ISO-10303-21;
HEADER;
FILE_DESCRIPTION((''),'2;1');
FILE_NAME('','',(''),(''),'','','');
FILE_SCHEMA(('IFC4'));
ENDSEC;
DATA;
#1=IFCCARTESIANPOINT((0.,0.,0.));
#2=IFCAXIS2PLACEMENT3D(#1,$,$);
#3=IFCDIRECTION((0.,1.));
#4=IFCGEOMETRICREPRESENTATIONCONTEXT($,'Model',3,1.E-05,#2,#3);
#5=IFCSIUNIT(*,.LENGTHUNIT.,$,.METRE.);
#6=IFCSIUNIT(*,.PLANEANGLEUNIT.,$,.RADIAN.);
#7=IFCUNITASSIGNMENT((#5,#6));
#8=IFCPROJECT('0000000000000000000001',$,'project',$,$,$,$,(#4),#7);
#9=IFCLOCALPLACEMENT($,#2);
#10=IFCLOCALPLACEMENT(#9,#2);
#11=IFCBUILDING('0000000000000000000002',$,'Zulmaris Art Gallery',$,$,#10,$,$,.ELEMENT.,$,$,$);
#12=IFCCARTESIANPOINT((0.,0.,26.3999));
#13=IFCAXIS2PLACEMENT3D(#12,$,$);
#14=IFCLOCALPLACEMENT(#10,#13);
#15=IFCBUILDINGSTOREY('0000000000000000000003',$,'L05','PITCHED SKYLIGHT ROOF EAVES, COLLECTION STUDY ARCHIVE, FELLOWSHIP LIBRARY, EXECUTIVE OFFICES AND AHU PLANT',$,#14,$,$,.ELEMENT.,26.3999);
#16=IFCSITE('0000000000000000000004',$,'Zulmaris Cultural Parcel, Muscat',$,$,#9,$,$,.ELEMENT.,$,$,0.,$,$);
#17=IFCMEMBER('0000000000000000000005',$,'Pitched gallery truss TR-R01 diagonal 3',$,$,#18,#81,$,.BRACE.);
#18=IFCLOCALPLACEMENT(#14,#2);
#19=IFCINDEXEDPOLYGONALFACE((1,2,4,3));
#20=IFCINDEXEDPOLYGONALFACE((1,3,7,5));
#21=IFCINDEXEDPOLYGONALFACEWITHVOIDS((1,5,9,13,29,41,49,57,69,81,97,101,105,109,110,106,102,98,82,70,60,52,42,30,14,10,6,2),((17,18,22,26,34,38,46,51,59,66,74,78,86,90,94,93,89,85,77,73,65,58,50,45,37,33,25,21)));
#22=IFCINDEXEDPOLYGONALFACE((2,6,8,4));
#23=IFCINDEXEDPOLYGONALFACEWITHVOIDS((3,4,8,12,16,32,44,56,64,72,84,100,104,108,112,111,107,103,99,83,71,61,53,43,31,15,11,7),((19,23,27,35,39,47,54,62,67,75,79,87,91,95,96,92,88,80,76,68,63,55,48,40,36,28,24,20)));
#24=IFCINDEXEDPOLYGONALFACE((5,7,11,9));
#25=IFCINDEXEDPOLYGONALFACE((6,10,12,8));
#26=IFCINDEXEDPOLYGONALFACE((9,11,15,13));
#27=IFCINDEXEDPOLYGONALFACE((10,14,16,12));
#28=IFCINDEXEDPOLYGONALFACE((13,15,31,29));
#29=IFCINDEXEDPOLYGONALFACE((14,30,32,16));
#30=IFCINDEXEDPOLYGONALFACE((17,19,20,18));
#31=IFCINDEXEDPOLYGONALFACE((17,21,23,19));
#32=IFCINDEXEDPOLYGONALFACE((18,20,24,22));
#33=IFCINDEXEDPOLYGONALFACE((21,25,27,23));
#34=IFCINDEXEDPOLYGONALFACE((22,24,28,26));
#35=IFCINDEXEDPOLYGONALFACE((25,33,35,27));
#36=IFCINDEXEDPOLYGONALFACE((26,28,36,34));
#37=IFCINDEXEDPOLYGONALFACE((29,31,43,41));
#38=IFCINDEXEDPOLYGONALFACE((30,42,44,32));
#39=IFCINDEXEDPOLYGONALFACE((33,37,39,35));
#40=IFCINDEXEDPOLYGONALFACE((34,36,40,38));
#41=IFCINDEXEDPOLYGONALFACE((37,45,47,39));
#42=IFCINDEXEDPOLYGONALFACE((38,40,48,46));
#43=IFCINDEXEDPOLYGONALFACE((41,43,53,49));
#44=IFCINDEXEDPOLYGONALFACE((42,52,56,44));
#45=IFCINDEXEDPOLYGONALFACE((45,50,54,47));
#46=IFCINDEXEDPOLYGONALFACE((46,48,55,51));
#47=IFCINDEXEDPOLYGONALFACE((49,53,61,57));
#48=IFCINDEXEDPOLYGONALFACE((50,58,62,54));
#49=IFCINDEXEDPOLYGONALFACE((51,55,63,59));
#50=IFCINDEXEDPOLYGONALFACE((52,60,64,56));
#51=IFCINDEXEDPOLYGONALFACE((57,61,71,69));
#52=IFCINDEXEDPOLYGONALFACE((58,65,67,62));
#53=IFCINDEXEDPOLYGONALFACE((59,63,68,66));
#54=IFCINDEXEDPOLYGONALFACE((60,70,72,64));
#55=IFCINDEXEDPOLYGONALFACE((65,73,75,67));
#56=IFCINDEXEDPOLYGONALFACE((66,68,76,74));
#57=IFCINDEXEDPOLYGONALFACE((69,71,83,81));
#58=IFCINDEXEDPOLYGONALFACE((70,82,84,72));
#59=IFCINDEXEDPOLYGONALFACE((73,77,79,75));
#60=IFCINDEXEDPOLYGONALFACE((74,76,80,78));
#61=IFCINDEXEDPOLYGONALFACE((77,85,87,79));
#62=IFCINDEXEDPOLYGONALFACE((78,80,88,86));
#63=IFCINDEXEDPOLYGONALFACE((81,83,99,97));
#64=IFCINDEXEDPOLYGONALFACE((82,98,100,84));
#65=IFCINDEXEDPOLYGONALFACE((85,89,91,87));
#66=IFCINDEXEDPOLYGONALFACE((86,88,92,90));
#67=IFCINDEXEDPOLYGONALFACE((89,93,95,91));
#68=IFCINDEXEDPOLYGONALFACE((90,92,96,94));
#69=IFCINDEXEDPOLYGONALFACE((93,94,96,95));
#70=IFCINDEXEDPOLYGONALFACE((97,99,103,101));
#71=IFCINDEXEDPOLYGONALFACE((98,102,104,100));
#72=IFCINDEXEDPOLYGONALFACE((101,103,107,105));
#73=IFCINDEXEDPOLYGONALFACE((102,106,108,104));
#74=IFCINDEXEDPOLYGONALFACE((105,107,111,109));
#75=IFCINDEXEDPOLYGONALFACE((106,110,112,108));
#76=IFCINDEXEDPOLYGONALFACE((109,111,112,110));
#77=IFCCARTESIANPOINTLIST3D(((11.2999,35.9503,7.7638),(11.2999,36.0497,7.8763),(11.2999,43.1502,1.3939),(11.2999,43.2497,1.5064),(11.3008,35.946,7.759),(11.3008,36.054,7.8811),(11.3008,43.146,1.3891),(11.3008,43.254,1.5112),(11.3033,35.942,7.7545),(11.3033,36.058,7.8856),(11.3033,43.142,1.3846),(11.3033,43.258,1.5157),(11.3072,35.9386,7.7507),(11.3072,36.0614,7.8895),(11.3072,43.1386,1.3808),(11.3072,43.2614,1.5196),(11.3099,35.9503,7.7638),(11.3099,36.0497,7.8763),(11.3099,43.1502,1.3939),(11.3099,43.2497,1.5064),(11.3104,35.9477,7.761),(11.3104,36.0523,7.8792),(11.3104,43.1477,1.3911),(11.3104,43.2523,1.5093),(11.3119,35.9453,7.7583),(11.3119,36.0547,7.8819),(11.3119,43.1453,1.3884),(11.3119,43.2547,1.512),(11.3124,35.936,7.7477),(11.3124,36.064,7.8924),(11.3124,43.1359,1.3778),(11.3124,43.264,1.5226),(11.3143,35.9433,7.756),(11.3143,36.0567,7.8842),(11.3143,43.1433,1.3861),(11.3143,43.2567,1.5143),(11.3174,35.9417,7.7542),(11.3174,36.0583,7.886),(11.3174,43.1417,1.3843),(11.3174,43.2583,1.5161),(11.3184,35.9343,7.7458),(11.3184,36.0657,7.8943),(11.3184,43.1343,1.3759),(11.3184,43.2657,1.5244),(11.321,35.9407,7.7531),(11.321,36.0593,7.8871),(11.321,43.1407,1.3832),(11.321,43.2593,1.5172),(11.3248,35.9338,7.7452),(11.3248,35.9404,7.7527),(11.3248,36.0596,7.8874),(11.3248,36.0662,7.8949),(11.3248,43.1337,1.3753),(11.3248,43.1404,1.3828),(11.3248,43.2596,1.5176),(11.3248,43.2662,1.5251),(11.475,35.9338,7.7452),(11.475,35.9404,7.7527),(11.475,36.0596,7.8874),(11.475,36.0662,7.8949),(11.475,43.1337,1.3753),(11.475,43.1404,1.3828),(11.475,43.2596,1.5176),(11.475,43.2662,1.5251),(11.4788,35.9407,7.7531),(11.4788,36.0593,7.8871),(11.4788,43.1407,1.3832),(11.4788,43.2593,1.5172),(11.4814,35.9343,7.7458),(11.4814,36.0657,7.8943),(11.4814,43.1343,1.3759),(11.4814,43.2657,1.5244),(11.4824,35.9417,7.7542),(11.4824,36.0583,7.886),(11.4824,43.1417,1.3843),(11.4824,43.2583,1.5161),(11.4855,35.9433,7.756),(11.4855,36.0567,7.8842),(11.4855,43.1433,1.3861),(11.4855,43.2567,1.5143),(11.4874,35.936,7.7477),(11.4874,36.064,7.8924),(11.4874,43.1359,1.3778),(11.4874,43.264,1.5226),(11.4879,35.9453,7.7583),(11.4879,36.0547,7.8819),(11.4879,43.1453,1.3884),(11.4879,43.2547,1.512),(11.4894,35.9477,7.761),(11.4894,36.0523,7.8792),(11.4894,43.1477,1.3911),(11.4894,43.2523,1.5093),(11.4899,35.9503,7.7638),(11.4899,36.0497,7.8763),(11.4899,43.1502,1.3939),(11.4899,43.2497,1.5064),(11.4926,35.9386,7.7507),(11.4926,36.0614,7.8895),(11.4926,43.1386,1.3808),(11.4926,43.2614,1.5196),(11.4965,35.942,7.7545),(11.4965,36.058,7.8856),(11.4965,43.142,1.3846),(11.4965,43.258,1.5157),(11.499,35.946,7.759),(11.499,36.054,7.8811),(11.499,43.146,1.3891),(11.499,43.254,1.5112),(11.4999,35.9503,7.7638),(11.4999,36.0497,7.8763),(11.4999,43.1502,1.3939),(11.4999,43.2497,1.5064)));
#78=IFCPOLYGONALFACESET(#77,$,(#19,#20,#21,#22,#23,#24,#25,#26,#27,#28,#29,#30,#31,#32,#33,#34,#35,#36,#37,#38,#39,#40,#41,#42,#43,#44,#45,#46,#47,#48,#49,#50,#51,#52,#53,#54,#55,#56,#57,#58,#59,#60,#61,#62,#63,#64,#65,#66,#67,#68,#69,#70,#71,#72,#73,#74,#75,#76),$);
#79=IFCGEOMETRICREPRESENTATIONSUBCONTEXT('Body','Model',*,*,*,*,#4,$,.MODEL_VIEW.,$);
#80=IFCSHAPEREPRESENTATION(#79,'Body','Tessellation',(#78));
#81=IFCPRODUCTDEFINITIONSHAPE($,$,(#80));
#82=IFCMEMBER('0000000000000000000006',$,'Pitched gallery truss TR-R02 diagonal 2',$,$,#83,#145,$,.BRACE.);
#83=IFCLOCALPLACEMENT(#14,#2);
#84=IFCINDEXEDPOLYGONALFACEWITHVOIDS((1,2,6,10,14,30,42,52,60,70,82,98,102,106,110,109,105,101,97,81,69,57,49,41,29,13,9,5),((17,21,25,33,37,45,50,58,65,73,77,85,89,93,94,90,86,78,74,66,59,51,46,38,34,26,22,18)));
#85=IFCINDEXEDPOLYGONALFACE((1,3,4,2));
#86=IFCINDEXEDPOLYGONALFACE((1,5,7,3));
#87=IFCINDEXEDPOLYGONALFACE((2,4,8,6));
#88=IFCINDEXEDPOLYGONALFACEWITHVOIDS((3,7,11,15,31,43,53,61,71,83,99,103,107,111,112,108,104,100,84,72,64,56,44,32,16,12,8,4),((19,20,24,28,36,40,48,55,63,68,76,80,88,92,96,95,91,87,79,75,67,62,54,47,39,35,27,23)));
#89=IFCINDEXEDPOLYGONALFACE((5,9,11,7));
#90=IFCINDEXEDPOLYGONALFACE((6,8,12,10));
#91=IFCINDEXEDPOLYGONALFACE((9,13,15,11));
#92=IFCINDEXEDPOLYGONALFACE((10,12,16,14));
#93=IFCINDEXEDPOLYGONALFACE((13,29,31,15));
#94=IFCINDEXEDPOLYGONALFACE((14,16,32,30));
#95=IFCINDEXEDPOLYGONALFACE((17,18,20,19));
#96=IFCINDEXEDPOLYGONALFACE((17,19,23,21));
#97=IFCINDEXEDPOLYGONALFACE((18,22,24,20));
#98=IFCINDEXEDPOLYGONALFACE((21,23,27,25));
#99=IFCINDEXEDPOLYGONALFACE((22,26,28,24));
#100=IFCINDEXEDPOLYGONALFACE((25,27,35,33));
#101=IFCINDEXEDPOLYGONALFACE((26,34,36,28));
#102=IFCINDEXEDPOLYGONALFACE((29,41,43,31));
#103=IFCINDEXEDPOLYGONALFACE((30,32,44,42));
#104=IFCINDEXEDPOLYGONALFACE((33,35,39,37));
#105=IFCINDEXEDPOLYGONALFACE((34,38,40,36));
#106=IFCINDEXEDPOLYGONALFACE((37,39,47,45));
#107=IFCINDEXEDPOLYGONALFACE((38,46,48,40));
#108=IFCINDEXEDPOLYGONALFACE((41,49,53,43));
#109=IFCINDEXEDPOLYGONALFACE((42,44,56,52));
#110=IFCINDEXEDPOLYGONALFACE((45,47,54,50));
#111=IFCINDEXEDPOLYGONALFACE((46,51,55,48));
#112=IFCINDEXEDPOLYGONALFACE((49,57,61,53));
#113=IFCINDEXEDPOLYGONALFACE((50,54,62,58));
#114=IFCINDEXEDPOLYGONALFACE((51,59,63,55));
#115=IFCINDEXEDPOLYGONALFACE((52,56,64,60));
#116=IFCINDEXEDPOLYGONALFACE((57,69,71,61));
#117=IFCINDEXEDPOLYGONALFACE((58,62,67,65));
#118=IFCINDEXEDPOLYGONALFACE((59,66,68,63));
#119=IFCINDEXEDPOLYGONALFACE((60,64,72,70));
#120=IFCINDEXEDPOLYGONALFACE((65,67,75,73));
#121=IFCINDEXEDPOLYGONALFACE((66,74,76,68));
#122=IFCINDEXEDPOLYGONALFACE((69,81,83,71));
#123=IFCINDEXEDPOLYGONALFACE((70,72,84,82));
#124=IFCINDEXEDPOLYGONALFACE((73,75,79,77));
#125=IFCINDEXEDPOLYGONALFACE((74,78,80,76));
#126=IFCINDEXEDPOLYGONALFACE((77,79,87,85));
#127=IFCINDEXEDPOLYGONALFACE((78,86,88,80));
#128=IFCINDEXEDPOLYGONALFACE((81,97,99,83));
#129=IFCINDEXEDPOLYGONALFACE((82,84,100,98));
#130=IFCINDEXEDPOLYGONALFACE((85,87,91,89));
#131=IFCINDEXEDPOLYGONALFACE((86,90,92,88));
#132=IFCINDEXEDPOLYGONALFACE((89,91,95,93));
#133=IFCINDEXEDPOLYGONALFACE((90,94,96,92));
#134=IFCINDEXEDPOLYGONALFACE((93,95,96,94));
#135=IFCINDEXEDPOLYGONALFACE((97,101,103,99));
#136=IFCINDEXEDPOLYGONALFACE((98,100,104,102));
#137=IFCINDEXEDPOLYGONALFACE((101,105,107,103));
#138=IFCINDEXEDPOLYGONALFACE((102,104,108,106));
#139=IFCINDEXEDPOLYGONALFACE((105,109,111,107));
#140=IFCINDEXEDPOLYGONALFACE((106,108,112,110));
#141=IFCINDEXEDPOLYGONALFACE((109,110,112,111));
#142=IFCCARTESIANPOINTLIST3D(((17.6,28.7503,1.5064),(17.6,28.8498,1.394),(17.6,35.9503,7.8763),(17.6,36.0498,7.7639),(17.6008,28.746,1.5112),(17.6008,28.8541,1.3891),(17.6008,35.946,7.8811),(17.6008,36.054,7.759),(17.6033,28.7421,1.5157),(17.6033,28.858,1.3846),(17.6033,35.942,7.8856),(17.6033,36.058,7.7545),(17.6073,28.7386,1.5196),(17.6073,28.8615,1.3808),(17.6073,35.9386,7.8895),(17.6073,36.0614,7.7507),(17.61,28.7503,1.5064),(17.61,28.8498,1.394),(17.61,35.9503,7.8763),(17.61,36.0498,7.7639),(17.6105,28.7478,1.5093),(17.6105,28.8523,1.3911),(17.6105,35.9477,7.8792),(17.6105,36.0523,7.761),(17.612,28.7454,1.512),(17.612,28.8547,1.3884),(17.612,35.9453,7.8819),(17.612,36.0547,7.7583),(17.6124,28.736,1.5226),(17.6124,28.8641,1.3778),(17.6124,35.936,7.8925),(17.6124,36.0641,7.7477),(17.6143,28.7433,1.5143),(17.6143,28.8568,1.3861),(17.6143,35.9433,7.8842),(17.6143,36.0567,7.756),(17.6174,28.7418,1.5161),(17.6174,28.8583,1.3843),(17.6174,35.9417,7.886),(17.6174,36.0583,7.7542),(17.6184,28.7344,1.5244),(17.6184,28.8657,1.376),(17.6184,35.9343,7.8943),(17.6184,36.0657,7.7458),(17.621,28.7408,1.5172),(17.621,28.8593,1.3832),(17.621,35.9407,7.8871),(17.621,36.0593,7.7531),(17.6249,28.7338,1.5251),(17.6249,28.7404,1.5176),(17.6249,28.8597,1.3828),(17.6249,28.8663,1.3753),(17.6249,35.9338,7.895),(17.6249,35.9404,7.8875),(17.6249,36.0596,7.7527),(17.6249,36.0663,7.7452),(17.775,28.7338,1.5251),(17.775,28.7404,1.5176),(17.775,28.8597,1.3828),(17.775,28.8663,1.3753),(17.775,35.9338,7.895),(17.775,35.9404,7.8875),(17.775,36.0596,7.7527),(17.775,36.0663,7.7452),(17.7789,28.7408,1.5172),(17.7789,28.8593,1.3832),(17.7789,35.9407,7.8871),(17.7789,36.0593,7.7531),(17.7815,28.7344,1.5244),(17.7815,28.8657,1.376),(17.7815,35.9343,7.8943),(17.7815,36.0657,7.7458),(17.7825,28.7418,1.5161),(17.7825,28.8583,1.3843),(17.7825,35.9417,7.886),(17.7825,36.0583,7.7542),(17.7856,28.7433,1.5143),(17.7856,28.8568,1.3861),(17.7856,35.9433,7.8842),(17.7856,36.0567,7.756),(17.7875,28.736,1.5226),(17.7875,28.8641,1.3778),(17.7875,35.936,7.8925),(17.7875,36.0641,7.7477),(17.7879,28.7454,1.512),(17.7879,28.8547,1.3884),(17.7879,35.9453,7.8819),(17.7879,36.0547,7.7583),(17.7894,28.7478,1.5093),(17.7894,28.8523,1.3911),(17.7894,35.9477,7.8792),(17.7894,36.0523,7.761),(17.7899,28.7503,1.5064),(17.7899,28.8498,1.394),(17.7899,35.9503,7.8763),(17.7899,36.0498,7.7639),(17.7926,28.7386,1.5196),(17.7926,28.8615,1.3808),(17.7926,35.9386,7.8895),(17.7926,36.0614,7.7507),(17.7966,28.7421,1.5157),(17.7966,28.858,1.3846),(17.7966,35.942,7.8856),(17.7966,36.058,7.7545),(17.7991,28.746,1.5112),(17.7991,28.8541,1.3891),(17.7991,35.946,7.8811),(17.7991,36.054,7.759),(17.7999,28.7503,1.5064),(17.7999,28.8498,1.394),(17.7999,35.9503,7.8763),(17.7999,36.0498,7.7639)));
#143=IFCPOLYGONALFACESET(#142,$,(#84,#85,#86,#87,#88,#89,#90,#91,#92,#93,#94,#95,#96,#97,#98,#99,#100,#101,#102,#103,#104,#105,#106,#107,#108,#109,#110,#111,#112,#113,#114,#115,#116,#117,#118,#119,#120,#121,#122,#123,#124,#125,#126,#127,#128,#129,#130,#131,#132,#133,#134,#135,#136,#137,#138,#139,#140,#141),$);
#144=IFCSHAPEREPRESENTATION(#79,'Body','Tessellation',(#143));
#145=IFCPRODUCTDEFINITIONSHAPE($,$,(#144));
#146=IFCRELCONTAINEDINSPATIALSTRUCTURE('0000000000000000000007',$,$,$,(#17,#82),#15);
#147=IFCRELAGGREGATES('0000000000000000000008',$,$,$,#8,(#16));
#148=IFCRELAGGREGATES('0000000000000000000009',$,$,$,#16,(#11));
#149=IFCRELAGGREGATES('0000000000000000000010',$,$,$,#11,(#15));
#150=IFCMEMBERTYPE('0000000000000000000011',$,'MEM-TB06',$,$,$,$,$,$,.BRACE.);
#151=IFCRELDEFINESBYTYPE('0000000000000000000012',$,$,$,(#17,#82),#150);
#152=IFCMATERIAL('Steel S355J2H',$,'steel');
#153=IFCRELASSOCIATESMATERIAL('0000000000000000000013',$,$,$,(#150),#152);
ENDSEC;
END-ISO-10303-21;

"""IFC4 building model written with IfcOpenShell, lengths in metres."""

from ifc_helpers import new_model, si_unit, direction, frame, origin, origin_2d, place, context, subcontext, project, spatial, hollow_rectangle, extrude, material, material_profile, profile_set, type_object, element, save


model = new_model("IFC4")

# Units and contexts
model_context = context("Model", 3, precision=1e-05, world=origin(), true_north=direction((0.0, 1.0)))
body_context = subcontext(model_context, "Body", "Model", "MODEL_VIEW")
ifc_project = project(units=[si_unit("LENGTHUNIT", "METRE"), si_unit("PLANEANGLEUNIT", "RADIAN")], contexts=[model_context])

# Site, building, storey
site_placement = place(None, origin())
site = spatial("IfcSite", under=ifc_project, at=site_placement, Name="Zulmaris Cultural Parcel, Muscat", CompositionType="ELEMENT", RefElevation=0.0)
building_placement = place(site_placement, origin())
building = spatial("IfcBuilding", under=site, at=building_placement, Name="Zulmaris Art Gallery", CompositionType="ELEMENT")
storey_placement = place(building_placement, frame((0.0, 0.0, 26.3999)))
storey = spatial("IfcBuildingStorey", under=building, at=storey_placement, Name="L05", Description="PITCHED SKYLIGHT ROOF EAVES, COLLECTION STUDY ARCHIVE, FELLOWSHIP LIBRARY, EXECUTIVE OFFICES AND AHU PLANT", CompositionType="ELEMENT", Elevation=26.3999)

# Members
ifc_material_1 = material(Name="Steel S355J2H", Category="steel")
ifc_material_profile_1 = material_profile(ifc_material_1, hollow_rectangle(XDim=0.2, YDim=0.2, WallThickness=0.01, InnerFilletRadius=0.0149, OuterFilletRadius=0.0249, at=origin_2d()), Name="SHS 200x200x10")
ifc_profile_set_1 = profile_set([ifc_material_profile_1], Name="Steel S355J2H")
member_type_1 = type_object("IfcMemberType", Name="MEM-TB06", PredefinedType="BRACE", material=ifc_profile_set_1)
for number, where, z_axis, x_axis, name in (
    (1, (11.3999, 36.0, 7.8201), (0.0, 0.748961, -0.662614), (-1.0, 0.0, 0.0), "Pitched gallery truss TR-R01 diagonal 3"),
    (2, (17.7, 28.8, 1.4502), (0.0, 0.748961, 0.662614), (-1.0, 0.0, 0.0), "Pitched gallery truss TR-R02 diagonal 2"),
):
    element("IfcMember", number, at=place(storey_placement, frame(where, z_axis=z_axis, x_axis=x_axis)), inside=storey, type_object=member_type_1, Name=name, PredefinedType="BRACE", context=body_context, shape_type="SweptSolid", body=[
        extrude(hollow_rectangle(XDim=0.2, YDim=0.2, WallThickness=0.01, InnerFilletRadius=0.0149, OuterFilletRadius=0.0249, at=origin_2d()), origin(), (0.0, 0.0, 1.0), 9.6133),
    ])

save(model, "model.ifc")
